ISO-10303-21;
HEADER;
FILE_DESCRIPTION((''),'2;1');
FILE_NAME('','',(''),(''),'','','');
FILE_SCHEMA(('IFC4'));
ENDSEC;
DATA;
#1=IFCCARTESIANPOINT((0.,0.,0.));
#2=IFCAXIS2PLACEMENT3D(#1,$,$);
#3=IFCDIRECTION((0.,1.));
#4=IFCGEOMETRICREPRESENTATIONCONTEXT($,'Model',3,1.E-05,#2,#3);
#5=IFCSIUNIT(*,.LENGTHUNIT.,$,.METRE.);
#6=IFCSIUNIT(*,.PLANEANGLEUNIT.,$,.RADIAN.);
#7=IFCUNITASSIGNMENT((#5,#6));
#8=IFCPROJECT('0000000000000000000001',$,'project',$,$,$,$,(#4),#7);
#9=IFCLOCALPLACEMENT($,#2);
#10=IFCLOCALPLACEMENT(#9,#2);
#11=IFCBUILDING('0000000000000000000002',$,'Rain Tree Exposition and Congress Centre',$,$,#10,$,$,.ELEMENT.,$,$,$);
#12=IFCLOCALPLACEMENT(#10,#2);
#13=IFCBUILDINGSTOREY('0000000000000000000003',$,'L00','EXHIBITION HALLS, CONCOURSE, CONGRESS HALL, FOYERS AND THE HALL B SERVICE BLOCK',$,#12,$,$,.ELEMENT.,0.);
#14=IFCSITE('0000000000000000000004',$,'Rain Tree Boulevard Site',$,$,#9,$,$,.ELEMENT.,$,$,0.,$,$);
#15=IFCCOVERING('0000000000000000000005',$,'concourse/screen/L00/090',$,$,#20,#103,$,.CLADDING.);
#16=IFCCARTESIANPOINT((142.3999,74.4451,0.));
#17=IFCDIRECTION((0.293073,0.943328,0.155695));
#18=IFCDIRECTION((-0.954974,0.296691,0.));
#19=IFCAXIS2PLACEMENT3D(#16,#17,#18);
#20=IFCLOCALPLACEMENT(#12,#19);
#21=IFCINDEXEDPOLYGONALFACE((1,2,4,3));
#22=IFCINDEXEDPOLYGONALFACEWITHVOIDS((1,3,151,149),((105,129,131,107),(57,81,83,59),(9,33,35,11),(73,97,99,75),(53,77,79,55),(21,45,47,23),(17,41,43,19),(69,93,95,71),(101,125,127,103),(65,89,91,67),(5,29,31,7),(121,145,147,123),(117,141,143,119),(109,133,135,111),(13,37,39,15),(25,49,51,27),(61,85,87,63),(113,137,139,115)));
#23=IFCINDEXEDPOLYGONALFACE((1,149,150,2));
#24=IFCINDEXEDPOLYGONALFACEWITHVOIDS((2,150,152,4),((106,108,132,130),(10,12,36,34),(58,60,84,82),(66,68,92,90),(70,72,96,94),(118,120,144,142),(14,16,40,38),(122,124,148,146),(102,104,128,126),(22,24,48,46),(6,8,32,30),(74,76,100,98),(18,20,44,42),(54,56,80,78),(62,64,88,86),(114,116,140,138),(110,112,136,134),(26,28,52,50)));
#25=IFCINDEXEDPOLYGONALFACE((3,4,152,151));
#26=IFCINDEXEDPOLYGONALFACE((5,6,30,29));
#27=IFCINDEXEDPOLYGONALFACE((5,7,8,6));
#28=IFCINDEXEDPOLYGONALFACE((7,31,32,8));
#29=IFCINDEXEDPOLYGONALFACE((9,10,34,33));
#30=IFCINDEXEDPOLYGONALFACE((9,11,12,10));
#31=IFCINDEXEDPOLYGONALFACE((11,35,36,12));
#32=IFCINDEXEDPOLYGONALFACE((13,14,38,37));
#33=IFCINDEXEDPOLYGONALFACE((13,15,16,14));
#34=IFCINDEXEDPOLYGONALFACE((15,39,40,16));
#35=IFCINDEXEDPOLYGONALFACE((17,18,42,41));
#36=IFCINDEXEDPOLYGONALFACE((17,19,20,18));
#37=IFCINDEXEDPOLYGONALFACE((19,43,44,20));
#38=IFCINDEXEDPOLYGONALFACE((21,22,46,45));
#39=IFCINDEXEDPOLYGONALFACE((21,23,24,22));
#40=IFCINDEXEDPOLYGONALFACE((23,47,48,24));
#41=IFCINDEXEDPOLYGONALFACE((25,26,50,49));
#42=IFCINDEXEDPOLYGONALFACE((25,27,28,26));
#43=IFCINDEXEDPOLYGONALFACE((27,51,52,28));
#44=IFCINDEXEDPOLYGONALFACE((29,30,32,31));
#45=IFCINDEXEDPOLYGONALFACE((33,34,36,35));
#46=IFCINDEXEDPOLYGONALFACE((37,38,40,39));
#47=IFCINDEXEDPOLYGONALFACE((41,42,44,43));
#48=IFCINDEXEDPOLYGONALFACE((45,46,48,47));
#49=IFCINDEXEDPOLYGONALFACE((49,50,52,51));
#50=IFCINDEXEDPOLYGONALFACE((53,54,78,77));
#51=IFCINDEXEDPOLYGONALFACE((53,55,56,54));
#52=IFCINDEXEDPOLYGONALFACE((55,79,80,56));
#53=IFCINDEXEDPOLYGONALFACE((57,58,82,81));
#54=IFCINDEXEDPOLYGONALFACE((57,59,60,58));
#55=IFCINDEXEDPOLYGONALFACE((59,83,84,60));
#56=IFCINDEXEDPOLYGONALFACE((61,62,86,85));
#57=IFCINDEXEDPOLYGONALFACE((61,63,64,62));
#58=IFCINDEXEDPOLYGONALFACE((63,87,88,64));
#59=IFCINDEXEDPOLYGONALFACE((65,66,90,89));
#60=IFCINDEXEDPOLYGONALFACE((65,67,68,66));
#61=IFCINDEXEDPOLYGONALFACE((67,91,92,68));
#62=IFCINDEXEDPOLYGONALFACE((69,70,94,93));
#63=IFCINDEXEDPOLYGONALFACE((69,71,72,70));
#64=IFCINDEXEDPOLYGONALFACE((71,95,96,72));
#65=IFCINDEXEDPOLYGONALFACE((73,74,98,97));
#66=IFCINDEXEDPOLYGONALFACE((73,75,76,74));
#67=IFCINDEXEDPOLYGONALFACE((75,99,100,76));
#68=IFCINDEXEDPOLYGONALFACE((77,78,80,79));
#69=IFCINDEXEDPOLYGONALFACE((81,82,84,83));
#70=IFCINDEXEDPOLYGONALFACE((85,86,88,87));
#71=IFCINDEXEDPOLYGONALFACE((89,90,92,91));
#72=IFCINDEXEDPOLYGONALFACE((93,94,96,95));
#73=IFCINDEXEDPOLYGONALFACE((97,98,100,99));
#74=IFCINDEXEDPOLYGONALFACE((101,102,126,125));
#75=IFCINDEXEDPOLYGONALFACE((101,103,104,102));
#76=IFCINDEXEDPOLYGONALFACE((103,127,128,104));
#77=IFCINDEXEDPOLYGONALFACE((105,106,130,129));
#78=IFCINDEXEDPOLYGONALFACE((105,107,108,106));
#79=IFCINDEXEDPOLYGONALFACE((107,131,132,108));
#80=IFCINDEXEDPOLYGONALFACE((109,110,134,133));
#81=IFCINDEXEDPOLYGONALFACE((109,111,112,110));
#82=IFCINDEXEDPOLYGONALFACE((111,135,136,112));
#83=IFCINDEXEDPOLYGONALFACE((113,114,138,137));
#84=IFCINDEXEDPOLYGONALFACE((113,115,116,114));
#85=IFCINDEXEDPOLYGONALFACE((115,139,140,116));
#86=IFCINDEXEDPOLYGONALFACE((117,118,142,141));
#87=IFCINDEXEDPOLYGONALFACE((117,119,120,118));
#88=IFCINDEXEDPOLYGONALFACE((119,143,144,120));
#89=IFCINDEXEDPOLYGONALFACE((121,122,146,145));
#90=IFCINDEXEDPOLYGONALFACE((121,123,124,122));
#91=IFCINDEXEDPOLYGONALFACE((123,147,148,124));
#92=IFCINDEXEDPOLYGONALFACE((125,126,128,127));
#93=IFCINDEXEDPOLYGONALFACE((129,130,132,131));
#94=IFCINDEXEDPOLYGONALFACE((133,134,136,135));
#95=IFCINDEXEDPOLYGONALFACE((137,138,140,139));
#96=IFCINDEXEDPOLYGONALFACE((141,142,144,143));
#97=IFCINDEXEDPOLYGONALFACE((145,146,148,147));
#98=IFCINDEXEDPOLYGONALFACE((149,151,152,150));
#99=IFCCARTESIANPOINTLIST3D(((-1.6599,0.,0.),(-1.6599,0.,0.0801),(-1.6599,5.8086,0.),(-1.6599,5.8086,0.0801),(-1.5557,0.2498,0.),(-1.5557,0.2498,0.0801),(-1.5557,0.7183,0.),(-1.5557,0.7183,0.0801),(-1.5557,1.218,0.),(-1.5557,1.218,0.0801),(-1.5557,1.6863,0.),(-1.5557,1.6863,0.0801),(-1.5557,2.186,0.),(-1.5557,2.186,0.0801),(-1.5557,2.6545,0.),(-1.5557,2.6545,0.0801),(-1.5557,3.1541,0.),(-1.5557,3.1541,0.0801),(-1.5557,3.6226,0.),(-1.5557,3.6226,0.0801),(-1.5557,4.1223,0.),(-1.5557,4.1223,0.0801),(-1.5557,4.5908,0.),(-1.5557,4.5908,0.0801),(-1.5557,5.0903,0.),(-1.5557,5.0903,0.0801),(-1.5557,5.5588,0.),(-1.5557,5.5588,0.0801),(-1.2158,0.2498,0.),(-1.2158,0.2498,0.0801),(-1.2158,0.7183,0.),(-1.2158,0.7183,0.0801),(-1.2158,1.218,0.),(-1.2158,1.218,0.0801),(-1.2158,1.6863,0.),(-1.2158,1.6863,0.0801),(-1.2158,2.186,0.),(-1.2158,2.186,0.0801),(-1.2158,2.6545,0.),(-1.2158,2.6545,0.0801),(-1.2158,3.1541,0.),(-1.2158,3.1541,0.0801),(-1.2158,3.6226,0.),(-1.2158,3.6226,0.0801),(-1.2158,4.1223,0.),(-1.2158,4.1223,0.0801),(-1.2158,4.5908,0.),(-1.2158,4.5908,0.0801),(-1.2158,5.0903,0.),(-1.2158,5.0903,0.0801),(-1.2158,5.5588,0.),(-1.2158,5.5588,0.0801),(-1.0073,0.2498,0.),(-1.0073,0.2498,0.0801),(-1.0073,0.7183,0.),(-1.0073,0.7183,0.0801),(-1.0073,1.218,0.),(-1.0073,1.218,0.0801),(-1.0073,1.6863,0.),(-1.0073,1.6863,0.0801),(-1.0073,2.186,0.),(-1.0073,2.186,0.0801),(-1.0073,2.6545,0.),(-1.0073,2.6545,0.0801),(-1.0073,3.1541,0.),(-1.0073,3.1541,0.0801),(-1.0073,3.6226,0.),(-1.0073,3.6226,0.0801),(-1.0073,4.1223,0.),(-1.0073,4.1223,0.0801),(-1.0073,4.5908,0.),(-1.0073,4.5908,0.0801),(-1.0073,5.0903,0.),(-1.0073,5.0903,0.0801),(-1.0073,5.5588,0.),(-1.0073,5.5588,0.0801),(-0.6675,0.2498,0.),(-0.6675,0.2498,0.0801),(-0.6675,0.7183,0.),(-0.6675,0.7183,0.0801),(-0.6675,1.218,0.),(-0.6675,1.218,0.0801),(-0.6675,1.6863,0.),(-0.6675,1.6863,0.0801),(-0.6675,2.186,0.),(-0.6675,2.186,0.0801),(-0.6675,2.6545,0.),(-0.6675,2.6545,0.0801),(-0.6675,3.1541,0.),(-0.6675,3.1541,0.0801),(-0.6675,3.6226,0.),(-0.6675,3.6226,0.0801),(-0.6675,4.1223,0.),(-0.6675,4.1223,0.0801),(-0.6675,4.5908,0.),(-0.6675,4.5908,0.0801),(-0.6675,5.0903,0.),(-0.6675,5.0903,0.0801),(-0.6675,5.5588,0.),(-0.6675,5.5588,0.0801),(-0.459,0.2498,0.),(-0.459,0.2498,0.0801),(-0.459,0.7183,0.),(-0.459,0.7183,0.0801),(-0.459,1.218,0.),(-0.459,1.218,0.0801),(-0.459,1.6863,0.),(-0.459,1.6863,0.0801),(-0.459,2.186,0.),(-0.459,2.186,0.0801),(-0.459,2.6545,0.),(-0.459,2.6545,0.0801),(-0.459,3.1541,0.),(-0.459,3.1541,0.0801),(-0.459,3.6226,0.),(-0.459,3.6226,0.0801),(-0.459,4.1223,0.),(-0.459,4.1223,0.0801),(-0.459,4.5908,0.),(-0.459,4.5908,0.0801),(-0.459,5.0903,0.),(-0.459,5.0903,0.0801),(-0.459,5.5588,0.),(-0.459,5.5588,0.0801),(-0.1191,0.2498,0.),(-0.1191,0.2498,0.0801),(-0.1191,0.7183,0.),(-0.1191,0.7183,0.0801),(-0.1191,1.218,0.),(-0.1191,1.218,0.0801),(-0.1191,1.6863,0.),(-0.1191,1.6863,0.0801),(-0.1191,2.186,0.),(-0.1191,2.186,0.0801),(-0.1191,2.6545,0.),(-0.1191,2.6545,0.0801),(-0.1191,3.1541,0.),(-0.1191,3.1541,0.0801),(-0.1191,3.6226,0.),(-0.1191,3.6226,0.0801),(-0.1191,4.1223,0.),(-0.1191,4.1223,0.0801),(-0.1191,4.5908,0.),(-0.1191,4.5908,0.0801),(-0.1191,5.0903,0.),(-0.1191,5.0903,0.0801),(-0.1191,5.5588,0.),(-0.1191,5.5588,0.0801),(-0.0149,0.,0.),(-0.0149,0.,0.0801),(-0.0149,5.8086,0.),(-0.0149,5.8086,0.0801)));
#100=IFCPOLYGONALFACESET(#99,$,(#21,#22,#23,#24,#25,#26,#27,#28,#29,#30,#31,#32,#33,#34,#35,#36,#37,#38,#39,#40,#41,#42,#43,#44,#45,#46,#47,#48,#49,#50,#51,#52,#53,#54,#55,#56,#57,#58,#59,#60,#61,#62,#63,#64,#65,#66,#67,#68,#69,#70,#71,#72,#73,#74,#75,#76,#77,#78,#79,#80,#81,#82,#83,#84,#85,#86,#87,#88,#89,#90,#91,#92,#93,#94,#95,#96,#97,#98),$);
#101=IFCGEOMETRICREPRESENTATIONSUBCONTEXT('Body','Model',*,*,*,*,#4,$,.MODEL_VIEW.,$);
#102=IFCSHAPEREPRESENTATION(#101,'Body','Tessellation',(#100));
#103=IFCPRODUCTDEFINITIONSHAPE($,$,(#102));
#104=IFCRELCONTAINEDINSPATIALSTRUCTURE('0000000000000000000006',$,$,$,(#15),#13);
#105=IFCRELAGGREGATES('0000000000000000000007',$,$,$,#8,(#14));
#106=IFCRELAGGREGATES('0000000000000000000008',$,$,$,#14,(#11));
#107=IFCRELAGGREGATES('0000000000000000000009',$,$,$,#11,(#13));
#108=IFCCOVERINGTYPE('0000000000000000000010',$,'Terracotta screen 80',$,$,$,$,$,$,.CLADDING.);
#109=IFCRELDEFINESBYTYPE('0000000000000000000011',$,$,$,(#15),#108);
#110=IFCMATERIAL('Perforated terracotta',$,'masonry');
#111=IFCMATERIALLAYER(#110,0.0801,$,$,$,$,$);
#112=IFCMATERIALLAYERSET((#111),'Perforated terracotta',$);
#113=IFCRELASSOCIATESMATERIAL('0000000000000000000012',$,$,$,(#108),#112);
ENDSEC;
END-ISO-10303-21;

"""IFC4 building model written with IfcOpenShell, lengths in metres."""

from ifc_helpers import new_model, si_unit, direction, frame, origin, place, context, subcontext, project, spatial, polyline, outline, extrude, material, layer, layer_set, type_object, element, save


model = new_model("IFC4")

# Units and contexts
model_context = context("Model", 3, precision=1e-05, world=origin(), true_north=direction((0.0, 1.0)))
body_context = subcontext(model_context, "Body", "Model", "MODEL_VIEW")
ifc_project = project(units=[si_unit("LENGTHUNIT", "METRE"), si_unit("PLANEANGLEUNIT", "RADIAN")], contexts=[model_context])

# Site, building, storey
site_placement = place(None, origin())
site = spatial("IfcSite", under=ifc_project, at=site_placement, Name="Rain Tree Boulevard Site", CompositionType="ELEMENT", RefElevation=0.0)
building_placement = place(site_placement, origin())
building = spatial("IfcBuilding", under=site, at=building_placement, Name="Rain Tree Exposition and Congress Centre", CompositionType="ELEMENT")
storey_placement = place(building_placement, origin())
storey = spatial("IfcBuildingStorey", under=building, at=storey_placement, Name="L00", Description="EXHIBITION HALLS, CONCOURSE, CONGRESS HALL, FOYERS AND THE HALL B SERVICE BLOCK", CompositionType="ELEMENT", Elevation=0.0)

# Covering
ifc_material_1 = material(Name="Perforated terracotta", Category="masonry")
ifc_layer_1 = layer(ifc_material_1, 0.0801)
ifc_layer_set_1 = layer_set([ifc_layer_1], Name="Perforated terracotta")
covering_type = type_object("IfcCoveringType", Name="Terracotta screen 80", PredefinedType="CLADDING", material=ifc_layer_set_1)
covering_1_placement = place(storey_placement, frame((142.3999, 74.4451, 0.0), z_axis=(0.293073, 0.943328, 0.155695), x_axis=(-0.954974, 0.296691, 0.0)))
element("IfcCovering", 1, at=covering_1_placement, inside=storey, type_object=covering_type, Name="concourse/screen/L00/090", PredefinedType="CLADDING", context=body_context, shape_type="SweptSolid", body=[
    extrude(outline(polyline([(-0.0149, 0.0), (-1.6599, 0.0), (-1.6599, 5.8086), (-0.0149, 5.8086), (-0.0149, 0.0)]), holes=[polyline([(-0.1191, 0.2498), (-0.1191, 0.7183), (-0.459, 0.7183), (-0.459, 0.2498), (-0.1191, 0.2498)]), polyline([(-0.1191, 1.218), (-0.1191, 1.6863), (-0.459, 1.6863), (-0.459, 1.218), (-0.1191, 1.218)]), polyline([(-0.1191, 2.186), (-0.1191, 2.6545), (-0.459, 2.6545), (-0.459, 2.186), (-0.1191, 2.186)]), polyline([(-0.1191, 3.1541), (-0.1191, 3.6226), (-0.459, 3.6226), (-0.459, 3.1541), (-0.1191, 3.1541)]), polyline([(-0.1191, 4.1223), (-0.1191, 4.5908), (-0.459, 4.5908), (-0.459, 4.1223), (-0.1191, 4.1223)]), polyline([(-0.1191, 5.0903), (-0.1191, 5.5588), (-0.459, 5.5588), (-0.459, 5.0903), (-0.1191, 5.0903)]), polyline([(-0.6675, 0.2498), (-0.6675, 0.7183), (-1.0073, 0.7183), (-1.0073, 0.2498), (-0.6675, 0.2498)]), polyline([(-0.6675, 1.218), (-0.6675, 1.6863), (-1.0073, 1.6863), (-1.0073, 1.218), (-0.6675, 1.218)]), polyline([(-0.6675, 2.186), (-0.6675, 2.6545), (-1.0073, 2.6545), (-1.0073, 2.186), (-0.6675, 2.186)]), polyline([(-0.6675, 3.1541), (-0.6675, 3.6226), (-1.0073, 3.6226), (-1.0073, 3.1541), (-0.6675, 3.1541)]), polyline([(-0.6675, 4.1223), (-0.6675, 4.5908), (-1.0073, 4.5908), (-1.0073, 4.1223), (-0.6675, 4.1223)]), polyline([(-0.6675, 5.0903), (-0.6675, 5.5588), (-1.0073, 5.5588), (-1.0073, 5.0903), (-0.6675, 5.0903)]), polyline([(-1.2158, 0.2498), (-1.2158, 0.7183), (-1.5557, 0.7183), (-1.5557, 0.2498), (-1.2158, 0.2498)]), polyline([(-1.2158, 1.218), (-1.2158, 1.6863), (-1.5557, 1.6863), (-1.5557, 1.218), (-1.2158, 1.218)]), polyline([(-1.2158, 2.186), (-1.2158, 2.6545), (-1.5557, 2.6545), (-1.5557, 2.186), (-1.2158, 2.186)]), polyline([(-1.2158, 3.1541), (-1.2158, 3.6226), (-1.5557, 3.6226), (-1.5557, 3.1541), (-1.2158, 3.1541)]), polyline([(-1.2158, 4.1223), (-1.2158, 4.5908), (-1.5557, 4.5908), (-1.5557, 4.1223), (-1.2158, 4.1223)]), polyline([(-1.2158, 5.0903), (-1.2158, 5.5588), (-1.5557, 5.5588), (-1.5557, 5.0903), (-1.2158, 5.0903)])]), origin(), (0.0, 0.0, 1.0), 0.0801),
])

save(model, "model.ifc")
